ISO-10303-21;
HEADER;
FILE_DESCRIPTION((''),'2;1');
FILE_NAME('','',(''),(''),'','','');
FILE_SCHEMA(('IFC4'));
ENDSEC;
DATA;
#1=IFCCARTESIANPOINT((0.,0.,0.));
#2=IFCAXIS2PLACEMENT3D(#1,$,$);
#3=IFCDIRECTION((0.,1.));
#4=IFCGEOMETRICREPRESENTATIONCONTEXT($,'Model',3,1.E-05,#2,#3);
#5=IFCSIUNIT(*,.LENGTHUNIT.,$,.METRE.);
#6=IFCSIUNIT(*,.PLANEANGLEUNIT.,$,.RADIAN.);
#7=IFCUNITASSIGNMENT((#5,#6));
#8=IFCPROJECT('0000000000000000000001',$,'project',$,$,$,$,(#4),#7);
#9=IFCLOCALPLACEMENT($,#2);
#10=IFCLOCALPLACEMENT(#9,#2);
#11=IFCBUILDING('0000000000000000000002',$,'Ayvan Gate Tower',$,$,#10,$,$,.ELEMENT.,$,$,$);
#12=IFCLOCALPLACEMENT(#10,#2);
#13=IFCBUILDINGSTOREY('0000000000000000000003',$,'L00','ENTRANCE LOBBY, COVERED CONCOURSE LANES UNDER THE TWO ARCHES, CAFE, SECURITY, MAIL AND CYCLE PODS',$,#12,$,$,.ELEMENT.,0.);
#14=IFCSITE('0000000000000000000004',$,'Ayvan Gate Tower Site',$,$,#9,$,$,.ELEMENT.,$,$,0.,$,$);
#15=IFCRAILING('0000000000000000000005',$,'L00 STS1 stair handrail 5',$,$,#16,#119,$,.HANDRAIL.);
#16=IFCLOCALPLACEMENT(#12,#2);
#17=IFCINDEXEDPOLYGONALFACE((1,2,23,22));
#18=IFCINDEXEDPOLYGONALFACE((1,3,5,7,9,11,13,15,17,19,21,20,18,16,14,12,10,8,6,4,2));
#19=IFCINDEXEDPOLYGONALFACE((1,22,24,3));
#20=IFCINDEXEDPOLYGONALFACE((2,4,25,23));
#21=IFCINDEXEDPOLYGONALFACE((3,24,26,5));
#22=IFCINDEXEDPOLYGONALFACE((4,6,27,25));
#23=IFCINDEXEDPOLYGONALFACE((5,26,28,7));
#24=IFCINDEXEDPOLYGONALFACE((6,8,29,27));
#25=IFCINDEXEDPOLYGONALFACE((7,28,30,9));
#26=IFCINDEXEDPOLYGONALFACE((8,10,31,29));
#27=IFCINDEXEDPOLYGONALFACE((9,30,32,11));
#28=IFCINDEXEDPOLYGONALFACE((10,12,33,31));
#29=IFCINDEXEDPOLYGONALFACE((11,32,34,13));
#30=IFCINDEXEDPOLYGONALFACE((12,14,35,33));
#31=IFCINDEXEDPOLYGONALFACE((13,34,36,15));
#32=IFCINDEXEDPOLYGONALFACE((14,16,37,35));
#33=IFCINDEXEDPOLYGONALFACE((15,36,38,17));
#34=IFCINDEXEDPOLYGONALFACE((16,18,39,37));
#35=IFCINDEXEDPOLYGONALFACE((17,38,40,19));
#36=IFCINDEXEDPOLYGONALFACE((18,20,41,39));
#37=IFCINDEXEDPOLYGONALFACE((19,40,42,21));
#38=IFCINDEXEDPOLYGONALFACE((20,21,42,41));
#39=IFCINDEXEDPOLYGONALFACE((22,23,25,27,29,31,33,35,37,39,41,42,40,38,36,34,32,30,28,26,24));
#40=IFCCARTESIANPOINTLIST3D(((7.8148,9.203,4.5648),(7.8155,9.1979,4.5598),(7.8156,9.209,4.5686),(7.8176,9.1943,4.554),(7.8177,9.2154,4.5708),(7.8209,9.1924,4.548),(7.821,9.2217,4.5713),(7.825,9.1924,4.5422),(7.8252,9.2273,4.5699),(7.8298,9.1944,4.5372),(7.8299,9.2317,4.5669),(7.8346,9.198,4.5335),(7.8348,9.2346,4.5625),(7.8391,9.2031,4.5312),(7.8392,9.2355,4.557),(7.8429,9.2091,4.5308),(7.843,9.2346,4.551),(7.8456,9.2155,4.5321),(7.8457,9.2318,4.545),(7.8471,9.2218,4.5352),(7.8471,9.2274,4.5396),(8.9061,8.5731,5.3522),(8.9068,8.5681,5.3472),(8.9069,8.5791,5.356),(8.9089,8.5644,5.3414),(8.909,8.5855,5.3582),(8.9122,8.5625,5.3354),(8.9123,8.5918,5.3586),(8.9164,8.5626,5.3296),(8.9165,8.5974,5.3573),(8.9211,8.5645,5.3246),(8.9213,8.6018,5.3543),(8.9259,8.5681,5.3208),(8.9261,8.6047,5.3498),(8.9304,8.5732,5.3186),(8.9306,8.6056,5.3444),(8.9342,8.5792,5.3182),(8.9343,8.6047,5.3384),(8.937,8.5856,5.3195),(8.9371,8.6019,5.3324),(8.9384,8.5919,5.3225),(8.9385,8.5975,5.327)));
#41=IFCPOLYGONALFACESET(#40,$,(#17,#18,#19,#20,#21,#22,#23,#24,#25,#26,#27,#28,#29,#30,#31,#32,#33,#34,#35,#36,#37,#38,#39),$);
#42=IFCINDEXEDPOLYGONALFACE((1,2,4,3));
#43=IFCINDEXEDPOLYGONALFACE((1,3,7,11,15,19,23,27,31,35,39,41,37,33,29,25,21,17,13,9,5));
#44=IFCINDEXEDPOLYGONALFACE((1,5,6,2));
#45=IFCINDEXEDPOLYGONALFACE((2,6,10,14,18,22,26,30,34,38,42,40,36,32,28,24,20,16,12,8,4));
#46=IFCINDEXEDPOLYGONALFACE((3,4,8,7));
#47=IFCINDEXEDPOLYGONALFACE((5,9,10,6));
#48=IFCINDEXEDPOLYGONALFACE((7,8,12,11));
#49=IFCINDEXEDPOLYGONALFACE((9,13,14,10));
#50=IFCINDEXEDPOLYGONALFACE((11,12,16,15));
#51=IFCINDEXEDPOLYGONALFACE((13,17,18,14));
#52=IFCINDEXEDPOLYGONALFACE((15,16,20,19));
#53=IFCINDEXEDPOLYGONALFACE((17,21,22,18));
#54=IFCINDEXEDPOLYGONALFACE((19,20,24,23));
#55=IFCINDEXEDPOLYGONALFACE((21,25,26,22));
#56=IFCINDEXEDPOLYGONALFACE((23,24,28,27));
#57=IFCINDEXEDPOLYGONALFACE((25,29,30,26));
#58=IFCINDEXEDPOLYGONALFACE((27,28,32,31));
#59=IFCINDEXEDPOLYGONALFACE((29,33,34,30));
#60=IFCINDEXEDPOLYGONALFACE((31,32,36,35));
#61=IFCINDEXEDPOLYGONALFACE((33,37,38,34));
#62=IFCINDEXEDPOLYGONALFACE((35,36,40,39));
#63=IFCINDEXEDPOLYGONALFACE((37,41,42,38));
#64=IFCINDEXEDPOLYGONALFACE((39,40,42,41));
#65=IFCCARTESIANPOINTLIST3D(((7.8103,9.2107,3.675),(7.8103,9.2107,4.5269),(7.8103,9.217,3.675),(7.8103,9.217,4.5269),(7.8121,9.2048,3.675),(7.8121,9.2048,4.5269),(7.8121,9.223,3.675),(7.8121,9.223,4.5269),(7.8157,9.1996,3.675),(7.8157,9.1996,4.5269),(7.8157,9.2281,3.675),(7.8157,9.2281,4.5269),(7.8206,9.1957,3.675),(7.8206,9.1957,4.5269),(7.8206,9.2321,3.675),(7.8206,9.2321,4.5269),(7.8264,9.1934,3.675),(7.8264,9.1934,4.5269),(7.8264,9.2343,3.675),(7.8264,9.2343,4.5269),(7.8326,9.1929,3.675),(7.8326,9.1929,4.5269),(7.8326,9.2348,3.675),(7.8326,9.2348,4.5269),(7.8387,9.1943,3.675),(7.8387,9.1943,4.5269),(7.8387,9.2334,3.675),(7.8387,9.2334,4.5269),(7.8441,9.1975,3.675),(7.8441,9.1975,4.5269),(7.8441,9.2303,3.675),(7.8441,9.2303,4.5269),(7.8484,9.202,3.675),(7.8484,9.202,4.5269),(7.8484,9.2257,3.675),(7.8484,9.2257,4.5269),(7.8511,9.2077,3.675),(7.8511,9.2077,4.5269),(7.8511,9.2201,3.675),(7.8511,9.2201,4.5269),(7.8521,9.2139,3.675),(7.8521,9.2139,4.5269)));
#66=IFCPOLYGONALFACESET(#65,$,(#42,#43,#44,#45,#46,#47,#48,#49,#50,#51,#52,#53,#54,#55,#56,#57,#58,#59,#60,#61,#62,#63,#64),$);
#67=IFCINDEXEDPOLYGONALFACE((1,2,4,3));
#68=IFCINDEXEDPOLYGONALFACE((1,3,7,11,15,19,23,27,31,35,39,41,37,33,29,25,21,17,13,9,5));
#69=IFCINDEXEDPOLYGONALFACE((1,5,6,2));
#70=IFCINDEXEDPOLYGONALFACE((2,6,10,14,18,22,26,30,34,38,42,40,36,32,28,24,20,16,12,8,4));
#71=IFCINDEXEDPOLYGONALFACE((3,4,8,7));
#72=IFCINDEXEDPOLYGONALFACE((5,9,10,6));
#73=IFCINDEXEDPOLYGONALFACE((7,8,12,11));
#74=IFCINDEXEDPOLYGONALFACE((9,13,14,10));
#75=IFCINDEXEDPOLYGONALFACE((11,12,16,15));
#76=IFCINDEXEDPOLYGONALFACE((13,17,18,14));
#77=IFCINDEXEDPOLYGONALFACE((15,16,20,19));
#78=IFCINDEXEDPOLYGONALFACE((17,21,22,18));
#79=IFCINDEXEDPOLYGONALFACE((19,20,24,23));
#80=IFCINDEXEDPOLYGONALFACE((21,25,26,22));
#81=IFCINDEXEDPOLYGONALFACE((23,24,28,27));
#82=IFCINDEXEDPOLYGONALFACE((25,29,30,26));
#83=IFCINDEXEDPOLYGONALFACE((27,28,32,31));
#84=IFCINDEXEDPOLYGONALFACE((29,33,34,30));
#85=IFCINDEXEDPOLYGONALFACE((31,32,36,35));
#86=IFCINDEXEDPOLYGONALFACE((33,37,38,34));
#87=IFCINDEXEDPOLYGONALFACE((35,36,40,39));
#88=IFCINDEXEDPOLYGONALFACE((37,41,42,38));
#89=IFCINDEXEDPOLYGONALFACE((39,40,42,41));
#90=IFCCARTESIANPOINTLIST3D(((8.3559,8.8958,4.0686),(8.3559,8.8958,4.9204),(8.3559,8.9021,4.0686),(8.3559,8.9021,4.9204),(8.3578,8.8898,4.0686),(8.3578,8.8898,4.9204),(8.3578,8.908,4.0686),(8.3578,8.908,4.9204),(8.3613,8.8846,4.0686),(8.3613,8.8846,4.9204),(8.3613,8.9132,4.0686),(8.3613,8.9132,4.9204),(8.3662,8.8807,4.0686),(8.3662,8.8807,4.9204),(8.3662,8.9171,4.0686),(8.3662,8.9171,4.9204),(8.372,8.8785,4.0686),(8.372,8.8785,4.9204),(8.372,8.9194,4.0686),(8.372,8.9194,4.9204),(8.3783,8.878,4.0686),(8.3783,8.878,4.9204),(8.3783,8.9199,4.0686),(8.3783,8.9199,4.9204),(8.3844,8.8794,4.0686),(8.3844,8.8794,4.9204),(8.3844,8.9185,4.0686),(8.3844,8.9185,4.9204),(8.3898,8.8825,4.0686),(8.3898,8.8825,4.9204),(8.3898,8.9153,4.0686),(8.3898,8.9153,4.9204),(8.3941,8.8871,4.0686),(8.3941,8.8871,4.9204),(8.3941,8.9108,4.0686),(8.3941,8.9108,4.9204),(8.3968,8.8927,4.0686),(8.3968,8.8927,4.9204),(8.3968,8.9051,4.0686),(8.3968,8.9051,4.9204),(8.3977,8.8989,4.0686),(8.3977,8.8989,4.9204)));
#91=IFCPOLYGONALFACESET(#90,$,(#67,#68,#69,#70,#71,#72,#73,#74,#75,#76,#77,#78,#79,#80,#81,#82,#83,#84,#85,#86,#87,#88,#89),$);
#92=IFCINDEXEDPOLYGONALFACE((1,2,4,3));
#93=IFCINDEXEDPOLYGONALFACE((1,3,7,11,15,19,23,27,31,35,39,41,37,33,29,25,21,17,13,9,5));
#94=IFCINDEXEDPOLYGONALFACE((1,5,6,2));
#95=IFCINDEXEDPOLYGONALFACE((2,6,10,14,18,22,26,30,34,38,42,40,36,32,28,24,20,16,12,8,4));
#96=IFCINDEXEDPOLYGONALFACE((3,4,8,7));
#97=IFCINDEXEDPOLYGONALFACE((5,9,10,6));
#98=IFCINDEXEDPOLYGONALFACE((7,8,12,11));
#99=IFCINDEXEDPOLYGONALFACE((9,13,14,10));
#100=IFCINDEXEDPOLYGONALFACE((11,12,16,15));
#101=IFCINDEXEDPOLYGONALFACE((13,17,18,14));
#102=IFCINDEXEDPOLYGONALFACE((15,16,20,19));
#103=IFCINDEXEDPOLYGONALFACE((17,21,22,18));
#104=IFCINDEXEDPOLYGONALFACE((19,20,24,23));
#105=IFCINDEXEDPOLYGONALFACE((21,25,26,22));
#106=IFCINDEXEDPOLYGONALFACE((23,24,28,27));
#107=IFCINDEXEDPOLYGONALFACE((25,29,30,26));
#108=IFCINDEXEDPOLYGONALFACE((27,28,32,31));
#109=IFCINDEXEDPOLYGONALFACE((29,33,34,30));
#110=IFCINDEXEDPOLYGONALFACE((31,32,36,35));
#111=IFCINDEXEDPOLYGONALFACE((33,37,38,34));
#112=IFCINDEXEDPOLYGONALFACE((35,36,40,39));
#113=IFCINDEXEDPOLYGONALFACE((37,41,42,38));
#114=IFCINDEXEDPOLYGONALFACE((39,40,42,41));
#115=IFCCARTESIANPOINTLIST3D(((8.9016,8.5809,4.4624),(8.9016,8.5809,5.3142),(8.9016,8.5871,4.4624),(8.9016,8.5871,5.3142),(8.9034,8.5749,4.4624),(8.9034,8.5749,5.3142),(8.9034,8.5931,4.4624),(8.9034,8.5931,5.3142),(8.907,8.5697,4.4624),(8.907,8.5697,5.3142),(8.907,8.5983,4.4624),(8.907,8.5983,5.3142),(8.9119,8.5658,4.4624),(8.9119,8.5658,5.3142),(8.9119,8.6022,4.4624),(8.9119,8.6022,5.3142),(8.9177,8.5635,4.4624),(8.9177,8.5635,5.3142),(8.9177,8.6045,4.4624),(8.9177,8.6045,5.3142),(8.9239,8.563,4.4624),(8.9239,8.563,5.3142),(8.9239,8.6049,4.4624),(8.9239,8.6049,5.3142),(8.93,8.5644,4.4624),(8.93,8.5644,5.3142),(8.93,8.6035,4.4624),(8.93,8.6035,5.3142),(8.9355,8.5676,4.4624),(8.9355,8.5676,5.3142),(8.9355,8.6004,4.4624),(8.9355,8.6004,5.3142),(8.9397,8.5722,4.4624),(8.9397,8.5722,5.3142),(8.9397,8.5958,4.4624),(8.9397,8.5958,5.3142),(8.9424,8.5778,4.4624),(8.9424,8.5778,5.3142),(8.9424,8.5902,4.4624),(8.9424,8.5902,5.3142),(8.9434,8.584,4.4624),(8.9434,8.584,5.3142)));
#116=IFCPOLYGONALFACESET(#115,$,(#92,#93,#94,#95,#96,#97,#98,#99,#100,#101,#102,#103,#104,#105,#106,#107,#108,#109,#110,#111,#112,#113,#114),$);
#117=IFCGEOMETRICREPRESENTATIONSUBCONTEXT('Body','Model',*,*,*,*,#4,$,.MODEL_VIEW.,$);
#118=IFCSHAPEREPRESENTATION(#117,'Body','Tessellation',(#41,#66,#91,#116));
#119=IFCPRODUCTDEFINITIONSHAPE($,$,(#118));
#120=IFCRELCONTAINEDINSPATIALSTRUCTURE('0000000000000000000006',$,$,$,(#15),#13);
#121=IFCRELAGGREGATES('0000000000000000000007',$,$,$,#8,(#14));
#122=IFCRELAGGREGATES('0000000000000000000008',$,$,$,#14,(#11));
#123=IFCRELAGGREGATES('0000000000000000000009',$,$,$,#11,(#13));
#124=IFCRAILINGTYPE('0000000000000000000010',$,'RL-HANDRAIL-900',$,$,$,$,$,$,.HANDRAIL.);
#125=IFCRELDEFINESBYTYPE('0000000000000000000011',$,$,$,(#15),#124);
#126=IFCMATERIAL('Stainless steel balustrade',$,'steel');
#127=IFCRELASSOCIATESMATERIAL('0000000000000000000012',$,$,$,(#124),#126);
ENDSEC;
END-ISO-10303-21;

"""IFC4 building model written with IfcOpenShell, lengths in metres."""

from ifc_helpers import new_model, si_unit, direction, frame, origin, origin_2d, place, context, subcontext, project, spatial, circle, extrude, material, type_object, element, save


model = new_model("IFC4")

# Units and contexts
model_context = context("Model", 3, precision=1e-05, world=origin(), true_north=direction((0.0, 1.0)))
body_context = subcontext(model_context, "Body", "Model", "MODEL_VIEW")
ifc_project = project(units=[si_unit("LENGTHUNIT", "METRE"), si_unit("PLANEANGLEUNIT", "RADIAN")], contexts=[model_context])

# Site, building, storey
site_placement = place(None, origin())
site = spatial("IfcSite", under=ifc_project, at=site_placement, Name="Ayvan Gate Tower Site", CompositionType="ELEMENT", RefElevation=0.0)
building_placement = place(site_placement, origin())
building = spatial("IfcBuilding", under=site, at=building_placement, Name="Ayvan Gate Tower", CompositionType="ELEMENT")
storey_placement = place(building_placement, origin())
storey = spatial("IfcBuildingStorey", under=building, at=storey_placement, Name="L00", Description="ENTRANCE LOBBY, COVERED CONCOURSE LANES UNDER THE TWO ARCHES, CAFE, SECURITY, MAIL AND CYCLE PODS", CompositionType="ELEMENT", Elevation=0.0)

# Railing
ifc_material_1 = material(Name="Stainless steel balustrade", Category="steel")
railing_type_1 = type_object("IfcRailingType", Name="RL-HANDRAIL-900", PredefinedType="HANDRAIL", material=ifc_material_1)
railing_1_placement = place(storey_placement, frame((7.8311, 9.2139, 3.675)))
element("IfcRailing", 1, at=railing_1_placement, inside=storey, type_object=railing_type_1, Name="L00 STS1 stair handrail 5", PredefinedType="HANDRAIL", context=body_context, shape_type="SweptSolid", body=[
    extrude(circle(Radius=0.0239, at=origin_2d()), frame((0.0, 0.0, 0.876), z_axis=(0.734487, -0.423932, 0.529915), x_axis=(0.49989, 0.866089, 0.0)), (0.0, 0.0, 1.0), 1.4858),
    extrude(circle(Radius=0.021, at=origin_2d()), origin(), (0.0, 0.0, 1.0), 0.8518),
    extrude(circle(Radius=0.021, at=origin_2d()), frame((0.5457, -0.3149, 0.3936)), (0.0, 0.0, 1.0), 0.8518),
    extrude(circle(Radius=0.021, at=origin_2d()), frame((1.0913, -0.6299, 0.7874)), (0.0, 0.0, 1.0), 0.8518),
])

save(model, "model.ifc")
